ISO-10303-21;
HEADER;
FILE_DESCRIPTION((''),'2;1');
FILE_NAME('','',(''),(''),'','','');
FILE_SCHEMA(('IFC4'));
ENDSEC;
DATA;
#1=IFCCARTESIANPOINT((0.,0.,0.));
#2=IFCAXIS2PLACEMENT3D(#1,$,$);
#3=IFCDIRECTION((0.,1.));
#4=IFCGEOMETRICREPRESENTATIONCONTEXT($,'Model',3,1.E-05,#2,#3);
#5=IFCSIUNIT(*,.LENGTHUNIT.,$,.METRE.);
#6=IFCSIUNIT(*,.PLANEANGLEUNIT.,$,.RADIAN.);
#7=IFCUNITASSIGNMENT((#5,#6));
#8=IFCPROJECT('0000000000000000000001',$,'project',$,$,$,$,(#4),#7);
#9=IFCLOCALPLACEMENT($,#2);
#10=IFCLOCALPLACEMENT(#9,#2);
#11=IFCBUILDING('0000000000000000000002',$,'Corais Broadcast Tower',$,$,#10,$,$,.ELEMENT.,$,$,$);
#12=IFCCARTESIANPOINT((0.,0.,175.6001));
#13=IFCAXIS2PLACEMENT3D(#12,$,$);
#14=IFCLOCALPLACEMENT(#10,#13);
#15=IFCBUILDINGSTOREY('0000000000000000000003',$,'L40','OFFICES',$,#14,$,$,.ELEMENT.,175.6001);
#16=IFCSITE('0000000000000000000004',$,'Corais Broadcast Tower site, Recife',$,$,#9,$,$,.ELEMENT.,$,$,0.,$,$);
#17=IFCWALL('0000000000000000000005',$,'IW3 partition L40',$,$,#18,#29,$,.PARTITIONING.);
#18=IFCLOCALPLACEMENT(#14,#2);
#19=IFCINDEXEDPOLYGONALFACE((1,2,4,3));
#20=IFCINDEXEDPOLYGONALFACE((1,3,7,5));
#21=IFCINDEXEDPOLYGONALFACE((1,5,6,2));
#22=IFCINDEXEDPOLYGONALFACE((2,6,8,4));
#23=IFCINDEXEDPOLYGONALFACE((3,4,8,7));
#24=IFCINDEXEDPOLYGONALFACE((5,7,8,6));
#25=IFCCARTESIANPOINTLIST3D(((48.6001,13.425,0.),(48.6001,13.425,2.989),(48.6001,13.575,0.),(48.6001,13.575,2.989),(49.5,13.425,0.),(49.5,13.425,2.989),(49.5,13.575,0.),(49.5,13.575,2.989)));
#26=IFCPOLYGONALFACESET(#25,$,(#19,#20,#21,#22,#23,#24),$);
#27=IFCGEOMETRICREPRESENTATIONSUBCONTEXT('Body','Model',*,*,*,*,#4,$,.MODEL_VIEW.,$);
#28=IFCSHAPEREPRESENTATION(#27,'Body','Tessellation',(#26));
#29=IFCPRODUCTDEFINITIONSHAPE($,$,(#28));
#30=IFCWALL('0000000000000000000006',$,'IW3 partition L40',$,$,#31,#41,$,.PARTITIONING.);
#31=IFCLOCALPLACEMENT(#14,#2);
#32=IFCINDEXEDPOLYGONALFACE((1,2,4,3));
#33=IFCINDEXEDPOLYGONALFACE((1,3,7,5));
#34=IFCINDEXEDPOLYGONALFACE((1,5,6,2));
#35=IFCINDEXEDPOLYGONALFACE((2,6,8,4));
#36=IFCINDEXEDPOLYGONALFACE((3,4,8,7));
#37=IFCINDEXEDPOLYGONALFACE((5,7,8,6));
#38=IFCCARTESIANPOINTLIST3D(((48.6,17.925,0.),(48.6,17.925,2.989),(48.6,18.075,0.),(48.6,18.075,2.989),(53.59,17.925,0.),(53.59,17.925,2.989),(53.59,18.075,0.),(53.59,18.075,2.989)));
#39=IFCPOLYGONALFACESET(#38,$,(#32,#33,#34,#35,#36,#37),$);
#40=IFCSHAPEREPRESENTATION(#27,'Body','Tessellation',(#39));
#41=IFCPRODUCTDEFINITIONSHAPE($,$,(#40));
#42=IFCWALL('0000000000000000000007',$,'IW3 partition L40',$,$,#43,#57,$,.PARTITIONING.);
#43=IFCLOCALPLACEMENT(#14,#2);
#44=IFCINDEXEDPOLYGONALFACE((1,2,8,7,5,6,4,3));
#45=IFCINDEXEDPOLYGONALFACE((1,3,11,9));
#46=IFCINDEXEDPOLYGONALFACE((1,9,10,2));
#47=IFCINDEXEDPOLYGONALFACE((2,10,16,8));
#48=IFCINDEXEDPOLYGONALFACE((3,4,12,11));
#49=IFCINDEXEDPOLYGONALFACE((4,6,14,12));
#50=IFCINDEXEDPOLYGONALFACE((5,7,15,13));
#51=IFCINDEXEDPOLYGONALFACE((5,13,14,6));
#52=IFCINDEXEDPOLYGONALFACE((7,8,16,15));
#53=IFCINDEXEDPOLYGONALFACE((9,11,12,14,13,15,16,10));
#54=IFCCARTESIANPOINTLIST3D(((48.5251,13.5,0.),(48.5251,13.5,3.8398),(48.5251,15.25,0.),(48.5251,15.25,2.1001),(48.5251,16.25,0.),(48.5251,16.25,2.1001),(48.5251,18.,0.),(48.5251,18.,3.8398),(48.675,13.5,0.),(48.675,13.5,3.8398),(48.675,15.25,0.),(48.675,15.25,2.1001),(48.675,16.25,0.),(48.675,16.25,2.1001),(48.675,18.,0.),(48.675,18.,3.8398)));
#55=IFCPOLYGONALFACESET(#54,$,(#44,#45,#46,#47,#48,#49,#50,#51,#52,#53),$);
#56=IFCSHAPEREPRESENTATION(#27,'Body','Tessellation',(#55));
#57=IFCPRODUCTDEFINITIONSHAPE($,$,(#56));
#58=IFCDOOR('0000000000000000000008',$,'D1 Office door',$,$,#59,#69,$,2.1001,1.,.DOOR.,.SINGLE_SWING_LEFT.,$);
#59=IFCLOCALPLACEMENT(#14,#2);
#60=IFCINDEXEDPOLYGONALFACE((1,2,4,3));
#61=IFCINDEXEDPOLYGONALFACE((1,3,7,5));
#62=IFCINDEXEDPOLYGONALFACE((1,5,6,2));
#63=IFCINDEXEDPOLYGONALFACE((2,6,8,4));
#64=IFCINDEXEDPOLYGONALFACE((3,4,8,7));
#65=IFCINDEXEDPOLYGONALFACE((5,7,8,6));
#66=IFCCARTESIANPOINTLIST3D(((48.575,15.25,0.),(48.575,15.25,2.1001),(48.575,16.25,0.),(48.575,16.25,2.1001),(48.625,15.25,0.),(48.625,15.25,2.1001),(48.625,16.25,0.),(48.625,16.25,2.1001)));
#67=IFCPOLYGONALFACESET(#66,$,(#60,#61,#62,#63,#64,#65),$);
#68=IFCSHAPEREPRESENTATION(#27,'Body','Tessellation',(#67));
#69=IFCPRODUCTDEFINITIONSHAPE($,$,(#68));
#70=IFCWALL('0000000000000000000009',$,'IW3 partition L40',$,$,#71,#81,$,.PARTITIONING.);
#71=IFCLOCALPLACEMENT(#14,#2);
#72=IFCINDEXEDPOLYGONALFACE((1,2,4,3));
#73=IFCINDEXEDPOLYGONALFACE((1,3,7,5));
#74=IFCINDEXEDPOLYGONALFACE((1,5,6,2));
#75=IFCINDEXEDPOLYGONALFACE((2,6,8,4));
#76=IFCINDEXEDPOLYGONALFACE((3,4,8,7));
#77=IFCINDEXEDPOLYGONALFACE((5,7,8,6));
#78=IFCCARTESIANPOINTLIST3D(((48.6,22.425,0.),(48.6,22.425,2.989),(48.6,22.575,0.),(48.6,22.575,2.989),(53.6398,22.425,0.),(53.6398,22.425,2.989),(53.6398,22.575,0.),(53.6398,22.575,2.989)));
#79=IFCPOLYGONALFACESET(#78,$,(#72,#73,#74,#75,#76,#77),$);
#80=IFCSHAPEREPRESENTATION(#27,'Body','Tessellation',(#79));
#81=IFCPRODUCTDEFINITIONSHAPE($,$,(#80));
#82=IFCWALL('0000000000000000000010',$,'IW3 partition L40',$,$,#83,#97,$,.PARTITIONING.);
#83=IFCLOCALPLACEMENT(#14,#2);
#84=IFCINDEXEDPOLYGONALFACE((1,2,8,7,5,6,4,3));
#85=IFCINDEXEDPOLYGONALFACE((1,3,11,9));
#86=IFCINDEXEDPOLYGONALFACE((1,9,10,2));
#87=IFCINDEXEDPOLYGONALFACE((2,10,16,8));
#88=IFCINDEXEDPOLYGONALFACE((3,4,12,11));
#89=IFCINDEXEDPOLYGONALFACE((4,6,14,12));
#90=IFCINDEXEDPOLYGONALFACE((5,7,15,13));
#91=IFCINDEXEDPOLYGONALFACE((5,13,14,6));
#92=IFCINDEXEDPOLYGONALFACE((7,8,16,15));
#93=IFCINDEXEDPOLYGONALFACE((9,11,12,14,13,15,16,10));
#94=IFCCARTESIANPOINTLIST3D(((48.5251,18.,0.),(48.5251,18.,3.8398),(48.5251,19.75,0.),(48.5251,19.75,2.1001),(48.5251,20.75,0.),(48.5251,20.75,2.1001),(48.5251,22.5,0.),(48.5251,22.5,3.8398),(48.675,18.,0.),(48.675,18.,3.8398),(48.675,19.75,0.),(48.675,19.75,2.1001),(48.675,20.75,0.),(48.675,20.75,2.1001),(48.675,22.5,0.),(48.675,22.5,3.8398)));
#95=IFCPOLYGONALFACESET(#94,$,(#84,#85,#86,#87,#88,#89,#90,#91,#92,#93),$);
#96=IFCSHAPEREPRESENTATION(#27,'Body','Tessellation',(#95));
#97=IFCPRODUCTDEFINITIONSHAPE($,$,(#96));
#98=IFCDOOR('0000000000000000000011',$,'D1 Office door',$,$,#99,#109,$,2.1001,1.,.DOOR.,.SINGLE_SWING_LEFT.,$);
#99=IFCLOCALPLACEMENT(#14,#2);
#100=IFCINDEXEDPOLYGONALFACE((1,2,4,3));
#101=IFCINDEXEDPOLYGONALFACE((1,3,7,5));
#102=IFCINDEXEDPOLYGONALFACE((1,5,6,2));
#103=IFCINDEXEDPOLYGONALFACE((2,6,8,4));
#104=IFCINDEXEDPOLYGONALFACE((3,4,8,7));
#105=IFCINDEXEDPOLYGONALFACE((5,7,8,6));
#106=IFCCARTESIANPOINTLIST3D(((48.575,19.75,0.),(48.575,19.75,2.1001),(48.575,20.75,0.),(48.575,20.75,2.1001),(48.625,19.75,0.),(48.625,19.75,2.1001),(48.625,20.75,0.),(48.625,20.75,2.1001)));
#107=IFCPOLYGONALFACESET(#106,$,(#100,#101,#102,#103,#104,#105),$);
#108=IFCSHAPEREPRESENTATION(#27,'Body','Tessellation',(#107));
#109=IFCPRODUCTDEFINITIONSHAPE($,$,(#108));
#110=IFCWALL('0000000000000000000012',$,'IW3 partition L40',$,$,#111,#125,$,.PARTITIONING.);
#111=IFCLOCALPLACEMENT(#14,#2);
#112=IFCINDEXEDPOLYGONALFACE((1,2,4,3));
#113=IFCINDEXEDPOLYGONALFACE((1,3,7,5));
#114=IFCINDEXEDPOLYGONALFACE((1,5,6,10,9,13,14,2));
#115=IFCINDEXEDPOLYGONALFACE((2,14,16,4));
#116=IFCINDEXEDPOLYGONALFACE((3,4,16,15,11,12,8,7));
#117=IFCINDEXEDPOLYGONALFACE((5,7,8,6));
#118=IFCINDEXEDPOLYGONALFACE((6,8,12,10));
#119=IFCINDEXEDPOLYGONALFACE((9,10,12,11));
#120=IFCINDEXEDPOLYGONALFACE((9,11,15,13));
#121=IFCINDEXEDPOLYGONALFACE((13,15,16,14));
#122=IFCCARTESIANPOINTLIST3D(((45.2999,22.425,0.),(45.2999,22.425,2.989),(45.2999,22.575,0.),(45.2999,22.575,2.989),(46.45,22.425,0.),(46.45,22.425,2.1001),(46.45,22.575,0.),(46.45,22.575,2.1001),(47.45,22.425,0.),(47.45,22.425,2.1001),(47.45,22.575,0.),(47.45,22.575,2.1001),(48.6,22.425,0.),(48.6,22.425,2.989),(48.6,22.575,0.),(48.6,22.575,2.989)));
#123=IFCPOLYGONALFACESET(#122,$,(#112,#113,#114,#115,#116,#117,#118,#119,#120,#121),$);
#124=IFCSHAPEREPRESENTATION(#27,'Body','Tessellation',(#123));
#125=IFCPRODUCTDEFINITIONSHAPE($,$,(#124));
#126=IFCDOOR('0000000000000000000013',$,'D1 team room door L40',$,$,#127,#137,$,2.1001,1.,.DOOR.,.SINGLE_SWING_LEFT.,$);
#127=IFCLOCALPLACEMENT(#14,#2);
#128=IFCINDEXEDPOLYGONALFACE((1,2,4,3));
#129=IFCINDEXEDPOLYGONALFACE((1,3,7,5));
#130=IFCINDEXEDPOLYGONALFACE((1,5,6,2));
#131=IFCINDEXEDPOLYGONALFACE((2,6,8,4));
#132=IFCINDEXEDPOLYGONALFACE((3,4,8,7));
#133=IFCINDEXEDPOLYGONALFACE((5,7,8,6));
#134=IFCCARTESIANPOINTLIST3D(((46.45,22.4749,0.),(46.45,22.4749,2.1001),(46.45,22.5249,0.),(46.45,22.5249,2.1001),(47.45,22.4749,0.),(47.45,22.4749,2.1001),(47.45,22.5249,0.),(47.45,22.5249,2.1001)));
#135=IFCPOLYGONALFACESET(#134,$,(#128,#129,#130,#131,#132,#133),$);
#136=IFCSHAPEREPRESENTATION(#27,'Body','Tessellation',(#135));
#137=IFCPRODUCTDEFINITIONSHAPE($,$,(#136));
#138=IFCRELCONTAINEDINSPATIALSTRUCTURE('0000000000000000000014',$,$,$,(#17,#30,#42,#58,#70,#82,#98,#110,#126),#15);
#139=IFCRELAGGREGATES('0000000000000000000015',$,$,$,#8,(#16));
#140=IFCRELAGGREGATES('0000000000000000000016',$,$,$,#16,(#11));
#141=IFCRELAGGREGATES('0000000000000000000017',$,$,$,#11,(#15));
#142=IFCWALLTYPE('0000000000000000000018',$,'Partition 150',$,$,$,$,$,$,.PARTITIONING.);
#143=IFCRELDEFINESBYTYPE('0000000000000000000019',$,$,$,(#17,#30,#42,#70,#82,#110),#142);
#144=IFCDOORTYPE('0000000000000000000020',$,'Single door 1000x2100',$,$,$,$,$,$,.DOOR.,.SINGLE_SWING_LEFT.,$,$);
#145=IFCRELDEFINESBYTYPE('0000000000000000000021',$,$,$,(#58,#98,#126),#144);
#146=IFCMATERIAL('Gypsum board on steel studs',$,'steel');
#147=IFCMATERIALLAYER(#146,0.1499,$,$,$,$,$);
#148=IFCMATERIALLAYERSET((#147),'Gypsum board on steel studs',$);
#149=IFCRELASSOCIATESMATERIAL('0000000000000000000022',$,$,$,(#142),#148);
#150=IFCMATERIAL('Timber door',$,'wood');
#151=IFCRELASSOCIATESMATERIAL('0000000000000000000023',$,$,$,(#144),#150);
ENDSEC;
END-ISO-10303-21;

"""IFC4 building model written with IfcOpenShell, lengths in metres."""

from ifc_helpers import new_model, si_unit, direction, frame, frame_2d, origin, place, context, subcontext, project, spatial, rectangle, extrude, material, layer, layer_set, type_object, element, fill, save


model = new_model("IFC4")

# Units and contexts
model_context = context("Model", 3, precision=1e-05, world=origin(), true_north=direction((0.0, 1.0)))
body_context = subcontext(model_context, "Body", "Model", "MODEL_VIEW")
ifc_project = project(units=[si_unit("LENGTHUNIT", "METRE"), si_unit("PLANEANGLEUNIT", "RADIAN")], contexts=[model_context])

# Site, building, storey
site_placement = place(None, origin())
site = spatial("IfcSite", under=ifc_project, at=site_placement, Name="Corais Broadcast Tower site, Recife", CompositionType="ELEMENT", RefElevation=0.0)
building_placement = place(site_placement, origin())
building = spatial("IfcBuilding", under=site, at=building_placement, Name="Corais Broadcast Tower", CompositionType="ELEMENT")
storey_placement = place(building_placement, frame((0.0, 0.0, 175.6001)))
storey = spatial("IfcBuildingStorey", under=building, at=storey_placement, Name="L40", Description="OFFICES", CompositionType="ELEMENT", Elevation=175.6001)

# Shared definitions
ifc_material_1 = material(Name="Gypsum board on steel studs", Category="steel")
ifc_layer_1 = layer(ifc_material_1, 0.1499)
ifc_layer_set_1 = layer_set([ifc_layer_1], Name="Gypsum board on steel studs")
wall_type = type_object("IfcWallType", Name="Partition 150", PredefinedType="PARTITIONING", material=ifc_layer_set_1)

# Shared definitions
ifc_material_2 = material(Name="Timber door", Category="wood")
door_type = type_object("IfcDoorType", Name="Single door 1000x2100", OperationType="SINGLE_SWING_LEFT", PredefinedType="DOOR", material=ifc_material_2)

# Walls
wall_1_placement = place(storey_placement, frame((48.6001, 13.5, 0.0), z_axis=(0.0, 0.0, 1.0), x_axis=(1.0, 0.0, 0.0)))
element("IfcWall", 1, at=wall_1_placement, inside=storey, type_object=wall_type, Name="IW3 partition L40", PredefinedType="PARTITIONING", context=body_context, shape_type="SweptSolid", body=[
    extrude(rectangle(XDim=0.8999, YDim=0.1499, at=frame_2d((0.45, 0.0))), origin(), (0.0, 0.0, 1.0), 2.989),
])
wall_2_placement = place(storey_placement, frame((53.5901, 18.0, 0.0), z_axis=(0.0, 0.0, 1.0), x_axis=(-1.0, 0.0, 0.0)))
element("IfcWall", 2, at=wall_2_placement, inside=storey, type_object=wall_type, Name="IW3 partition L40", PredefinedType="PARTITIONING", context=body_context, shape_type="SweptSolid", body=[
    extrude(rectangle(XDim=4.99, YDim=0.1499, at=frame_2d((2.4951, 0.0))), origin(), (0.0, 0.0, 1.0), 2.989),
])

# Wall, opening, door
wall_3_placement = place(storey_placement, frame((48.6001, 18.0, 0.0), z_axis=(0.0, 0.0, 1.0), x_axis=(0.0, -1.0, 0.0)))
wall_3 = element("IfcWall", 3, at=wall_3_placement, inside=storey, type_object=wall_type, Name="IW3 partition L40", PredefinedType="PARTITIONING", context=body_context, shape_type="SweptSolid", body=[
    extrude(rectangle(XDim=4.5, YDim=0.1499, at=frame_2d((2.25, 0.0))), origin(), (0.0, 0.0, 1.0), 3.8398),
])
opening_1_placement = place(wall_3_placement, frame((1.75, 0.0, 0.0)))
opening_1 = element("IfcOpeningElement", 4, at=opening_1_placement, cuts=wall_3, PredefinedType="OPENING", context=body_context, shape_type="SweptSolid", body=[
    extrude(rectangle(XDim=1.0, YDim=2.1001, at=frame_2d((0.5, 1.05))), frame((0.0, 0.085, 0.0), z_axis=(0.0, -1.0, 0.0), x_axis=(1.0, 0.0, 0.0)), (0.0, 0.0, 1.0), 0.1699),
])
door_1_placement = place(opening_1_placement, origin())
door_1 = element("IfcDoor", 5, at=door_1_placement, inside=storey, type_object=door_type, Name="D1 Office door", OperationType="SINGLE_SWING_LEFT", OverallHeight=2.1001, OverallWidth=1.0, PredefinedType="DOOR", context=body_context, shape_type="SweptSolid", body=[
    extrude(rectangle(XDim=1.0, YDim=2.1001, at=frame_2d((0.5, 1.05))), frame((0.0, 0.0249, 0.0), z_axis=(0.0, -1.0, 0.0), x_axis=(1.0, 0.0, 0.0)), (0.0, 0.0, 1.0), 0.05),
])
fill(opening_1, door_1)

# Wall
wall_4_placement = place(storey_placement, frame((53.6399, 22.5, 0.0), z_axis=(0.0, 0.0, 1.0), x_axis=(-1.0, 0.0, 0.0)))
element("IfcWall", 6, at=wall_4_placement, inside=storey, type_object=wall_type, Name="IW3 partition L40", PredefinedType="PARTITIONING", context=body_context, shape_type="SweptSolid", body=[
    extrude(rectangle(XDim=5.0398, YDim=0.1499, at=frame_2d((2.52, 0.0))), origin(), (0.0, 0.0, 1.0), 2.989),
])

# Walls, openings, doors
wall_5_placement = place(storey_placement, frame((48.6001, 22.5, 0.0), z_axis=(0.0, 0.0, 1.0), x_axis=(0.0, -1.0, 0.0)))
wall_5 = element("IfcWall", 7, at=wall_5_placement, inside=storey, type_object=wall_type, Name="IW3 partition L40", PredefinedType="PARTITIONING", context=body_context, shape_type="SweptSolid", body=[
    extrude(rectangle(XDim=4.5, YDim=0.1499, at=frame_2d((2.25, 0.0))), origin(), (0.0, 0.0, 1.0), 3.8398),
])
opening_2_placement = place(wall_5_placement, frame((1.75, 0.0, 0.0)))
opening_2 = element("IfcOpeningElement", 8, at=opening_2_placement, cuts=wall_5, PredefinedType="OPENING", context=body_context, shape_type="SweptSolid", body=[
    extrude(rectangle(XDim=1.0, YDim=2.1001, at=frame_2d((0.5, 1.05))), frame((0.0, 0.085, 0.0), z_axis=(0.0, -1.0, 0.0), x_axis=(1.0, 0.0, 0.0)), (0.0, 0.0, 1.0), 0.1699),
])
door_2_placement = place(opening_2_placement, origin())
door_2 = element("IfcDoor", 9, at=door_2_placement, inside=storey, type_object=door_type, Name="D1 Office door", OperationType="SINGLE_SWING_LEFT", OverallHeight=2.1001, OverallWidth=1.0, PredefinedType="DOOR", context=body_context, shape_type="SweptSolid", body=[
    extrude(rectangle(XDim=1.0, YDim=2.1001, at=frame_2d((0.5, 1.05))), frame((0.0, 0.0249, 0.0), z_axis=(0.0, -1.0, 0.0), x_axis=(1.0, 0.0, 0.0)), (0.0, 0.0, 1.0), 0.05),
])
fill(opening_2, door_2)
wall_6_placement = place(storey_placement, frame((45.3, 22.5, 0.0), z_axis=(0.0, 0.0, 1.0), x_axis=(1.0, 0.0, 0.0)))
wall_6 = element("IfcWall", 10, at=wall_6_placement, inside=storey, type_object=wall_type, Name="IW3 partition L40", PredefinedType="PARTITIONING", context=body_context, shape_type="SweptSolid", body=[
    extrude(rectangle(XDim=3.3, YDim=0.1499, at=frame_2d((1.6499, 0.0))), origin(), (0.0, 0.0, 1.0), 2.989),
])
opening_3_placement = place(wall_6_placement, frame((1.1499, 0.0, 0.0)))
opening_3 = element("IfcOpeningElement", 11, at=opening_3_placement, cuts=wall_6, PredefinedType="OPENING", context=body_context, shape_type="SweptSolid", body=[
    extrude(rectangle(XDim=1.0, YDim=2.1001, at=frame_2d((0.5, 1.05))), frame((0.0, 0.085, 0.0), z_axis=(0.0, -1.0, 0.0), x_axis=(1.0, 0.0, 0.0)), (0.0, 0.0, 1.0), 0.1699),
])
door_3_placement = place(opening_3_placement, origin())
door_3 = element("IfcDoor", 12, at=door_3_placement, inside=storey, type_object=door_type, Name="D1 team room door L40", OperationType="SINGLE_SWING_LEFT", OverallHeight=2.1001, OverallWidth=1.0, PredefinedType="DOOR", context=body_context, shape_type="SweptSolid", body=[
    extrude(rectangle(XDim=1.0, YDim=2.1001, at=frame_2d((0.5, 1.05))), frame((0.0, 0.0249, 0.0), z_axis=(0.0, -1.0, 0.0), x_axis=(1.0, 0.0, 0.0)), (0.0, 0.0, 1.0), 0.05),
])
fill(opening_3, door_3)

save(model, "model.ifc")
